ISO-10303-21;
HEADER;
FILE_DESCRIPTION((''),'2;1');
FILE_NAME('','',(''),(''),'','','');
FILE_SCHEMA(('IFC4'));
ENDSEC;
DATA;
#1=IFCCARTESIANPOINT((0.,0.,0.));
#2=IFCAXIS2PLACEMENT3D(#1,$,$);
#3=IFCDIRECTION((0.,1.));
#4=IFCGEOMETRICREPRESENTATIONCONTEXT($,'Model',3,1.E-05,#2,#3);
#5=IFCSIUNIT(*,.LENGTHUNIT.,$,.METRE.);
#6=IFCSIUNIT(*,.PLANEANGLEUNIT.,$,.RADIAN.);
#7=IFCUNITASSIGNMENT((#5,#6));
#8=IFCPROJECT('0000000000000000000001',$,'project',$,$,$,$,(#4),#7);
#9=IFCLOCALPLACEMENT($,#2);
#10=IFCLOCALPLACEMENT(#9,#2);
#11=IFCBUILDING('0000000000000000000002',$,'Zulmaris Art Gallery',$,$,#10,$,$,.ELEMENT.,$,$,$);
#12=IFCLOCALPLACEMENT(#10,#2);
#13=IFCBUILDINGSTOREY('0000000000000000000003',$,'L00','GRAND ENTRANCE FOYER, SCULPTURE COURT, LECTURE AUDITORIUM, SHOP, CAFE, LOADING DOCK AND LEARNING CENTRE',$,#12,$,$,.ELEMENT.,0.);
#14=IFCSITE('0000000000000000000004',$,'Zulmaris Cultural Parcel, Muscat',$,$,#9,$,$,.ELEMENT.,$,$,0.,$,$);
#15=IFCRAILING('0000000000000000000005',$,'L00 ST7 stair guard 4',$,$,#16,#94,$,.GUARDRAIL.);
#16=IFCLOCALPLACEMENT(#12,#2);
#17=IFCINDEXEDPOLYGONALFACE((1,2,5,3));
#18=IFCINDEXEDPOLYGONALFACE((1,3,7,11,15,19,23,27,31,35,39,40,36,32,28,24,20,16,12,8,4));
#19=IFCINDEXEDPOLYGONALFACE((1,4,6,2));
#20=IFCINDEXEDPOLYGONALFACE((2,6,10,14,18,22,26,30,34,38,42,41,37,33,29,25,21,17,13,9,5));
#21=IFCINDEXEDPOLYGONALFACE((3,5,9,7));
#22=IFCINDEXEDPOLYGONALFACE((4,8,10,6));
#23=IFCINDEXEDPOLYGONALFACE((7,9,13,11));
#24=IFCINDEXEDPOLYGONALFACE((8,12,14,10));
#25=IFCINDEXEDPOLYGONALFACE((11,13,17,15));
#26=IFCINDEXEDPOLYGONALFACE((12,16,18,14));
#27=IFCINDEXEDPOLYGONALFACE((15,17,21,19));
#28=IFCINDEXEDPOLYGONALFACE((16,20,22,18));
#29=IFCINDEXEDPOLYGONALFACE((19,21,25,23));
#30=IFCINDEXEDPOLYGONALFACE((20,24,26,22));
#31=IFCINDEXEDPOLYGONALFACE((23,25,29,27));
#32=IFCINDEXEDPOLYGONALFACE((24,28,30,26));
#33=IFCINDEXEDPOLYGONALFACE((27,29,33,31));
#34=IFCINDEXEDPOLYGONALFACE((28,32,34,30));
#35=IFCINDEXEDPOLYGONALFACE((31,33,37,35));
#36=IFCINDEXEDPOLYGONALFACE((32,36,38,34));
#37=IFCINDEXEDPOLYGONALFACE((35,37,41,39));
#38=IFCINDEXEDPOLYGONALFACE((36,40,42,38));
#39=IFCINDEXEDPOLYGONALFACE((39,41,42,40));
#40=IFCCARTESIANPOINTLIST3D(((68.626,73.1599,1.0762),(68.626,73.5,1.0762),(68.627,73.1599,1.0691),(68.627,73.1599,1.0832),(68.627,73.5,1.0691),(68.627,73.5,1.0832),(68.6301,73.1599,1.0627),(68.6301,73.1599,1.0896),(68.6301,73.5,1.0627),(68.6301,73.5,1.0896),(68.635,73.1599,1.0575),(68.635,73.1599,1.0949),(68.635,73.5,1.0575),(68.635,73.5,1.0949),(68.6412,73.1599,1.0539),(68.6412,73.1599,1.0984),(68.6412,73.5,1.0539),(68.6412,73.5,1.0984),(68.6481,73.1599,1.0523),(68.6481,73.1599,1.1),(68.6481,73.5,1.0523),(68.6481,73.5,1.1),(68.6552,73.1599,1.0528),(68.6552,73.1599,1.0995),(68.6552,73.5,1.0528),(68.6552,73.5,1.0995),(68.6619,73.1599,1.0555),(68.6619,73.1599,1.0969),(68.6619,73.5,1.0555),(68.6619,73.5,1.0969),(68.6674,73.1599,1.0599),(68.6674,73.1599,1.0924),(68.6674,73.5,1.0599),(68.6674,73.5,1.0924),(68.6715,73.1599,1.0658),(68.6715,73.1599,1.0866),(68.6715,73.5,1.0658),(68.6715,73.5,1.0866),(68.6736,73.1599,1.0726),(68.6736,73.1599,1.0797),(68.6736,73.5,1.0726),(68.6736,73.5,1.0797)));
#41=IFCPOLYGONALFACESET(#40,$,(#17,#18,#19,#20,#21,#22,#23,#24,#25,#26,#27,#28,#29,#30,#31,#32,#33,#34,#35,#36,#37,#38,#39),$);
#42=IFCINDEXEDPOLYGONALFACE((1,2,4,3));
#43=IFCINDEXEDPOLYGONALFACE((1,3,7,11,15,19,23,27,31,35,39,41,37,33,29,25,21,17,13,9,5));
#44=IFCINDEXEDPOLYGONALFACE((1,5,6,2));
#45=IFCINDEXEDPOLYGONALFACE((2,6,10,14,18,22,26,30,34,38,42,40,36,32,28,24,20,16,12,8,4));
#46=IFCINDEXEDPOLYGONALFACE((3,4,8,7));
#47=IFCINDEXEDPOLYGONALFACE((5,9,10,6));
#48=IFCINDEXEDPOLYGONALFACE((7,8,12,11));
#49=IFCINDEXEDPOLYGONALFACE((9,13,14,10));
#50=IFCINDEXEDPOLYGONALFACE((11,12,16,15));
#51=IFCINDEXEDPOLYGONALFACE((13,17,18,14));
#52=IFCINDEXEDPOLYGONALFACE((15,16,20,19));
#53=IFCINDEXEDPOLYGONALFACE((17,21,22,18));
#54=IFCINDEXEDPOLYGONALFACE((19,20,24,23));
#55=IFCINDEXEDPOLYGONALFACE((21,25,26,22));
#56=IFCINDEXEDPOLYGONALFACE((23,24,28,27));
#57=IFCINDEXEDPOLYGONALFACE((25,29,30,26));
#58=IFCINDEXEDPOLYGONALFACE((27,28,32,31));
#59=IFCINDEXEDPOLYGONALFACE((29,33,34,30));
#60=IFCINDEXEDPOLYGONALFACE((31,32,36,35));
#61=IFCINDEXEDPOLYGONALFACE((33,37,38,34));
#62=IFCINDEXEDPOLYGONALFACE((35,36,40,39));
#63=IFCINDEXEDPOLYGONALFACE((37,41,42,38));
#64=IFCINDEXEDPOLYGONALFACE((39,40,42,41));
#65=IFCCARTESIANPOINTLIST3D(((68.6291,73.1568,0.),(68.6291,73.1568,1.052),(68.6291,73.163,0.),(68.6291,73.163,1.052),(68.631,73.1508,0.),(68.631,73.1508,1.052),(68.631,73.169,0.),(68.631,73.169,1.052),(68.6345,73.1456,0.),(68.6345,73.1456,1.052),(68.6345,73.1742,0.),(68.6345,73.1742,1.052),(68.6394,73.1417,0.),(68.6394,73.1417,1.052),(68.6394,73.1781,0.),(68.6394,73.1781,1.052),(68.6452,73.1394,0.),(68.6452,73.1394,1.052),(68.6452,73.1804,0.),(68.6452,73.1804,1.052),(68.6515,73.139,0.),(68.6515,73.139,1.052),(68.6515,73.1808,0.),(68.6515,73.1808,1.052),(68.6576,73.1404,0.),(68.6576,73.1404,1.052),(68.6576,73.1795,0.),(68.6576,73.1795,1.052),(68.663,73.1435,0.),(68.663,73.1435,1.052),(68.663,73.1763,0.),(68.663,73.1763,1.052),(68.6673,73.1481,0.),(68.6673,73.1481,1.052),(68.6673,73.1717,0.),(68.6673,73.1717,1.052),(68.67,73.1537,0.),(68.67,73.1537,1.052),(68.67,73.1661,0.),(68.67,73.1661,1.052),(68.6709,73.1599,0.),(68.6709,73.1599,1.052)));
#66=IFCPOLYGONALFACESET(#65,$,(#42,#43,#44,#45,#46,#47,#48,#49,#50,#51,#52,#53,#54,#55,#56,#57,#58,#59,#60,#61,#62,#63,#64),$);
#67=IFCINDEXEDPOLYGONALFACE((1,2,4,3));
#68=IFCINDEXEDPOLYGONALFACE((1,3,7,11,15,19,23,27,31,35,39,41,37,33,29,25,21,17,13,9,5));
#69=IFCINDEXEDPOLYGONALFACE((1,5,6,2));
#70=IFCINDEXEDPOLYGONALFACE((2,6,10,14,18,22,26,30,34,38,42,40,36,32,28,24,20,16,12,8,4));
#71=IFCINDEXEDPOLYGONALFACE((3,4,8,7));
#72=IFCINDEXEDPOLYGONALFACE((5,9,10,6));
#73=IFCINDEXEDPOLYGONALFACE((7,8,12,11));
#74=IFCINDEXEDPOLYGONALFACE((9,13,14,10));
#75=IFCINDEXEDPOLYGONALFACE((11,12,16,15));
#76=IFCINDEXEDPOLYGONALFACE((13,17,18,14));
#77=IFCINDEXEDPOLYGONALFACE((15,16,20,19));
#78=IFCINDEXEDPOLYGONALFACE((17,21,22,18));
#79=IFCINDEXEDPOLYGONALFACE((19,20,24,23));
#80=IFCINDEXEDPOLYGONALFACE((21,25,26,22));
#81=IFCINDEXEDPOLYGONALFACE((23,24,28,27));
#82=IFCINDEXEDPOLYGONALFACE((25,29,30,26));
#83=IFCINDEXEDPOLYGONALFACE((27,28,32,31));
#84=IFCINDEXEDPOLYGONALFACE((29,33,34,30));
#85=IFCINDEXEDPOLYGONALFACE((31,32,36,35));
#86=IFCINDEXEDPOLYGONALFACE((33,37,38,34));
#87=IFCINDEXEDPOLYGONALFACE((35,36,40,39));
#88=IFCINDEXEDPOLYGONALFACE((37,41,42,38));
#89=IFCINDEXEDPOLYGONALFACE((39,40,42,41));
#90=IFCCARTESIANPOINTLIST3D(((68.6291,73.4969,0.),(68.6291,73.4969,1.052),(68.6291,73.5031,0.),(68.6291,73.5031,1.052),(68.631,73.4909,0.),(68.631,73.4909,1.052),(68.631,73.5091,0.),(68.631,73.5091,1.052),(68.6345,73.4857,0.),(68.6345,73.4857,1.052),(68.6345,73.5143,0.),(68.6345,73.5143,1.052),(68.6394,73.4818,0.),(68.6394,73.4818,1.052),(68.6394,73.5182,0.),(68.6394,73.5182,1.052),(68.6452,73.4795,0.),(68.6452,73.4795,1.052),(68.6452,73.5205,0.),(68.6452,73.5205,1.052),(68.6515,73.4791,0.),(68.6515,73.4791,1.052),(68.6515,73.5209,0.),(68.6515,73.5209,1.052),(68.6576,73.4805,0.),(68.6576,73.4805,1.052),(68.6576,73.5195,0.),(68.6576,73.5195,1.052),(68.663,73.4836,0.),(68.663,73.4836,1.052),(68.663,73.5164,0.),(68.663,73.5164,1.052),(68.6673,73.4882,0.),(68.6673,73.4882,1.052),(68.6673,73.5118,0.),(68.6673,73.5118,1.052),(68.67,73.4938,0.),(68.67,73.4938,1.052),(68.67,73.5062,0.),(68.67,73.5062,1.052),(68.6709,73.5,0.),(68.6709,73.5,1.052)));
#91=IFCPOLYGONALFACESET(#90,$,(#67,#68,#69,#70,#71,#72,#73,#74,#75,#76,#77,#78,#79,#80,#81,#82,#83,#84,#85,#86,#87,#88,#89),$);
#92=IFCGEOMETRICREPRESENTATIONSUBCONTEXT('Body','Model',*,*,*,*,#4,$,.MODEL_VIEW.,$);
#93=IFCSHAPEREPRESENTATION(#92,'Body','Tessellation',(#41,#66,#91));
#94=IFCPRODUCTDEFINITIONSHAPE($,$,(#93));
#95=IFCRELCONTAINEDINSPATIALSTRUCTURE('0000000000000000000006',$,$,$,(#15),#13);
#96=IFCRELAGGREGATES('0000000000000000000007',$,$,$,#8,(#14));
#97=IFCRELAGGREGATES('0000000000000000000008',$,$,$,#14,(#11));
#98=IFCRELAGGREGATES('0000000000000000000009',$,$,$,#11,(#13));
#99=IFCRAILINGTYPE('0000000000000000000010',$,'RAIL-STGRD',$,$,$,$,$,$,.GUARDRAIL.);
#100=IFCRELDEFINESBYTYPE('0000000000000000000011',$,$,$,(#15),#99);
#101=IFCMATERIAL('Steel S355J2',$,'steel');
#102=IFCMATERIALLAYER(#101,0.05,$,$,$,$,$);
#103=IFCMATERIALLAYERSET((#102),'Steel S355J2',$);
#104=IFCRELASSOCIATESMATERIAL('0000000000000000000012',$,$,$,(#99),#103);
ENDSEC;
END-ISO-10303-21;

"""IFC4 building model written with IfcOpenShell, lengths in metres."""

from ifc_helpers import new_model, si_unit, direction, frame, origin, origin_2d, place, context, subcontext, project, spatial, circle, extrude, material, layer, layer_set, type_object, element, save


model = new_model("IFC4")

# Units and contexts
model_context = context("Model", 3, precision=1e-05, world=origin(), true_north=direction((0.0, 1.0)))
body_context = subcontext(model_context, "Body", "Model", "MODEL_VIEW")
ifc_project = project(units=[si_unit("LENGTHUNIT", "METRE"), si_unit("PLANEANGLEUNIT", "RADIAN")], contexts=[model_context])

# Site, building, storey
site_placement = place(None, origin())
site = spatial("IfcSite", under=ifc_project, at=site_placement, Name="Zulmaris Cultural Parcel, Muscat", CompositionType="ELEMENT", RefElevation=0.0)
building_placement = place(site_placement, origin())
building = spatial("IfcBuilding", under=site, at=building_placement, Name="Zulmaris Art Gallery", CompositionType="ELEMENT")
storey_placement = place(building_placement, origin())
storey = spatial("IfcBuildingStorey", under=building, at=storey_placement, Name="L00", Description="GRAND ENTRANCE FOYER, SCULPTURE COURT, LECTURE AUDITORIUM, SHOP, CAFE, LOADING DOCK AND LEARNING CENTRE", CompositionType="ELEMENT", Elevation=0.0)

# Railing
ifc_material_1 = material(Name="Steel S355J2", Category="steel")
ifc_layer_1 = layer(ifc_material_1, 0.05)
ifc_layer_set_1 = layer_set([ifc_layer_1], Name="Steel S355J2")
railing_type_1 = type_object("IfcRailingType", Name="RAIL-STGRD", PredefinedType="GUARDRAIL", material=ifc_layer_set_1)
railing_1_placement = place(storey_placement, frame((68.6499, 73.1599, 0.0)))
element("IfcRailing", 1, at=railing_1_placement, inside=storey, type_object=railing_type_1, Name="L00 ST7 stair guard 4", PredefinedType="GUARDRAIL", context=body_context, shape_type="SweptSolid", body=[
    extrude(circle(Radius=0.0239, at=origin_2d()), frame((0.0, 0.0, 1.0762), z_axis=(0.0, 1.0, 0.0), x_axis=(-1.0, 0.0, 0.0)), (0.0, 0.0, 1.0), 0.3401),
    extrude(circle(Radius=0.021, at=origin_2d()), origin(), (0.0, 0.0, 1.0), 1.052),
    extrude(circle(Radius=0.021, at=origin_2d()), frame((0.0, 0.3401, 0.0)), (0.0, 0.0, 1.0), 1.052),
])

save(model, "model.ifc")
